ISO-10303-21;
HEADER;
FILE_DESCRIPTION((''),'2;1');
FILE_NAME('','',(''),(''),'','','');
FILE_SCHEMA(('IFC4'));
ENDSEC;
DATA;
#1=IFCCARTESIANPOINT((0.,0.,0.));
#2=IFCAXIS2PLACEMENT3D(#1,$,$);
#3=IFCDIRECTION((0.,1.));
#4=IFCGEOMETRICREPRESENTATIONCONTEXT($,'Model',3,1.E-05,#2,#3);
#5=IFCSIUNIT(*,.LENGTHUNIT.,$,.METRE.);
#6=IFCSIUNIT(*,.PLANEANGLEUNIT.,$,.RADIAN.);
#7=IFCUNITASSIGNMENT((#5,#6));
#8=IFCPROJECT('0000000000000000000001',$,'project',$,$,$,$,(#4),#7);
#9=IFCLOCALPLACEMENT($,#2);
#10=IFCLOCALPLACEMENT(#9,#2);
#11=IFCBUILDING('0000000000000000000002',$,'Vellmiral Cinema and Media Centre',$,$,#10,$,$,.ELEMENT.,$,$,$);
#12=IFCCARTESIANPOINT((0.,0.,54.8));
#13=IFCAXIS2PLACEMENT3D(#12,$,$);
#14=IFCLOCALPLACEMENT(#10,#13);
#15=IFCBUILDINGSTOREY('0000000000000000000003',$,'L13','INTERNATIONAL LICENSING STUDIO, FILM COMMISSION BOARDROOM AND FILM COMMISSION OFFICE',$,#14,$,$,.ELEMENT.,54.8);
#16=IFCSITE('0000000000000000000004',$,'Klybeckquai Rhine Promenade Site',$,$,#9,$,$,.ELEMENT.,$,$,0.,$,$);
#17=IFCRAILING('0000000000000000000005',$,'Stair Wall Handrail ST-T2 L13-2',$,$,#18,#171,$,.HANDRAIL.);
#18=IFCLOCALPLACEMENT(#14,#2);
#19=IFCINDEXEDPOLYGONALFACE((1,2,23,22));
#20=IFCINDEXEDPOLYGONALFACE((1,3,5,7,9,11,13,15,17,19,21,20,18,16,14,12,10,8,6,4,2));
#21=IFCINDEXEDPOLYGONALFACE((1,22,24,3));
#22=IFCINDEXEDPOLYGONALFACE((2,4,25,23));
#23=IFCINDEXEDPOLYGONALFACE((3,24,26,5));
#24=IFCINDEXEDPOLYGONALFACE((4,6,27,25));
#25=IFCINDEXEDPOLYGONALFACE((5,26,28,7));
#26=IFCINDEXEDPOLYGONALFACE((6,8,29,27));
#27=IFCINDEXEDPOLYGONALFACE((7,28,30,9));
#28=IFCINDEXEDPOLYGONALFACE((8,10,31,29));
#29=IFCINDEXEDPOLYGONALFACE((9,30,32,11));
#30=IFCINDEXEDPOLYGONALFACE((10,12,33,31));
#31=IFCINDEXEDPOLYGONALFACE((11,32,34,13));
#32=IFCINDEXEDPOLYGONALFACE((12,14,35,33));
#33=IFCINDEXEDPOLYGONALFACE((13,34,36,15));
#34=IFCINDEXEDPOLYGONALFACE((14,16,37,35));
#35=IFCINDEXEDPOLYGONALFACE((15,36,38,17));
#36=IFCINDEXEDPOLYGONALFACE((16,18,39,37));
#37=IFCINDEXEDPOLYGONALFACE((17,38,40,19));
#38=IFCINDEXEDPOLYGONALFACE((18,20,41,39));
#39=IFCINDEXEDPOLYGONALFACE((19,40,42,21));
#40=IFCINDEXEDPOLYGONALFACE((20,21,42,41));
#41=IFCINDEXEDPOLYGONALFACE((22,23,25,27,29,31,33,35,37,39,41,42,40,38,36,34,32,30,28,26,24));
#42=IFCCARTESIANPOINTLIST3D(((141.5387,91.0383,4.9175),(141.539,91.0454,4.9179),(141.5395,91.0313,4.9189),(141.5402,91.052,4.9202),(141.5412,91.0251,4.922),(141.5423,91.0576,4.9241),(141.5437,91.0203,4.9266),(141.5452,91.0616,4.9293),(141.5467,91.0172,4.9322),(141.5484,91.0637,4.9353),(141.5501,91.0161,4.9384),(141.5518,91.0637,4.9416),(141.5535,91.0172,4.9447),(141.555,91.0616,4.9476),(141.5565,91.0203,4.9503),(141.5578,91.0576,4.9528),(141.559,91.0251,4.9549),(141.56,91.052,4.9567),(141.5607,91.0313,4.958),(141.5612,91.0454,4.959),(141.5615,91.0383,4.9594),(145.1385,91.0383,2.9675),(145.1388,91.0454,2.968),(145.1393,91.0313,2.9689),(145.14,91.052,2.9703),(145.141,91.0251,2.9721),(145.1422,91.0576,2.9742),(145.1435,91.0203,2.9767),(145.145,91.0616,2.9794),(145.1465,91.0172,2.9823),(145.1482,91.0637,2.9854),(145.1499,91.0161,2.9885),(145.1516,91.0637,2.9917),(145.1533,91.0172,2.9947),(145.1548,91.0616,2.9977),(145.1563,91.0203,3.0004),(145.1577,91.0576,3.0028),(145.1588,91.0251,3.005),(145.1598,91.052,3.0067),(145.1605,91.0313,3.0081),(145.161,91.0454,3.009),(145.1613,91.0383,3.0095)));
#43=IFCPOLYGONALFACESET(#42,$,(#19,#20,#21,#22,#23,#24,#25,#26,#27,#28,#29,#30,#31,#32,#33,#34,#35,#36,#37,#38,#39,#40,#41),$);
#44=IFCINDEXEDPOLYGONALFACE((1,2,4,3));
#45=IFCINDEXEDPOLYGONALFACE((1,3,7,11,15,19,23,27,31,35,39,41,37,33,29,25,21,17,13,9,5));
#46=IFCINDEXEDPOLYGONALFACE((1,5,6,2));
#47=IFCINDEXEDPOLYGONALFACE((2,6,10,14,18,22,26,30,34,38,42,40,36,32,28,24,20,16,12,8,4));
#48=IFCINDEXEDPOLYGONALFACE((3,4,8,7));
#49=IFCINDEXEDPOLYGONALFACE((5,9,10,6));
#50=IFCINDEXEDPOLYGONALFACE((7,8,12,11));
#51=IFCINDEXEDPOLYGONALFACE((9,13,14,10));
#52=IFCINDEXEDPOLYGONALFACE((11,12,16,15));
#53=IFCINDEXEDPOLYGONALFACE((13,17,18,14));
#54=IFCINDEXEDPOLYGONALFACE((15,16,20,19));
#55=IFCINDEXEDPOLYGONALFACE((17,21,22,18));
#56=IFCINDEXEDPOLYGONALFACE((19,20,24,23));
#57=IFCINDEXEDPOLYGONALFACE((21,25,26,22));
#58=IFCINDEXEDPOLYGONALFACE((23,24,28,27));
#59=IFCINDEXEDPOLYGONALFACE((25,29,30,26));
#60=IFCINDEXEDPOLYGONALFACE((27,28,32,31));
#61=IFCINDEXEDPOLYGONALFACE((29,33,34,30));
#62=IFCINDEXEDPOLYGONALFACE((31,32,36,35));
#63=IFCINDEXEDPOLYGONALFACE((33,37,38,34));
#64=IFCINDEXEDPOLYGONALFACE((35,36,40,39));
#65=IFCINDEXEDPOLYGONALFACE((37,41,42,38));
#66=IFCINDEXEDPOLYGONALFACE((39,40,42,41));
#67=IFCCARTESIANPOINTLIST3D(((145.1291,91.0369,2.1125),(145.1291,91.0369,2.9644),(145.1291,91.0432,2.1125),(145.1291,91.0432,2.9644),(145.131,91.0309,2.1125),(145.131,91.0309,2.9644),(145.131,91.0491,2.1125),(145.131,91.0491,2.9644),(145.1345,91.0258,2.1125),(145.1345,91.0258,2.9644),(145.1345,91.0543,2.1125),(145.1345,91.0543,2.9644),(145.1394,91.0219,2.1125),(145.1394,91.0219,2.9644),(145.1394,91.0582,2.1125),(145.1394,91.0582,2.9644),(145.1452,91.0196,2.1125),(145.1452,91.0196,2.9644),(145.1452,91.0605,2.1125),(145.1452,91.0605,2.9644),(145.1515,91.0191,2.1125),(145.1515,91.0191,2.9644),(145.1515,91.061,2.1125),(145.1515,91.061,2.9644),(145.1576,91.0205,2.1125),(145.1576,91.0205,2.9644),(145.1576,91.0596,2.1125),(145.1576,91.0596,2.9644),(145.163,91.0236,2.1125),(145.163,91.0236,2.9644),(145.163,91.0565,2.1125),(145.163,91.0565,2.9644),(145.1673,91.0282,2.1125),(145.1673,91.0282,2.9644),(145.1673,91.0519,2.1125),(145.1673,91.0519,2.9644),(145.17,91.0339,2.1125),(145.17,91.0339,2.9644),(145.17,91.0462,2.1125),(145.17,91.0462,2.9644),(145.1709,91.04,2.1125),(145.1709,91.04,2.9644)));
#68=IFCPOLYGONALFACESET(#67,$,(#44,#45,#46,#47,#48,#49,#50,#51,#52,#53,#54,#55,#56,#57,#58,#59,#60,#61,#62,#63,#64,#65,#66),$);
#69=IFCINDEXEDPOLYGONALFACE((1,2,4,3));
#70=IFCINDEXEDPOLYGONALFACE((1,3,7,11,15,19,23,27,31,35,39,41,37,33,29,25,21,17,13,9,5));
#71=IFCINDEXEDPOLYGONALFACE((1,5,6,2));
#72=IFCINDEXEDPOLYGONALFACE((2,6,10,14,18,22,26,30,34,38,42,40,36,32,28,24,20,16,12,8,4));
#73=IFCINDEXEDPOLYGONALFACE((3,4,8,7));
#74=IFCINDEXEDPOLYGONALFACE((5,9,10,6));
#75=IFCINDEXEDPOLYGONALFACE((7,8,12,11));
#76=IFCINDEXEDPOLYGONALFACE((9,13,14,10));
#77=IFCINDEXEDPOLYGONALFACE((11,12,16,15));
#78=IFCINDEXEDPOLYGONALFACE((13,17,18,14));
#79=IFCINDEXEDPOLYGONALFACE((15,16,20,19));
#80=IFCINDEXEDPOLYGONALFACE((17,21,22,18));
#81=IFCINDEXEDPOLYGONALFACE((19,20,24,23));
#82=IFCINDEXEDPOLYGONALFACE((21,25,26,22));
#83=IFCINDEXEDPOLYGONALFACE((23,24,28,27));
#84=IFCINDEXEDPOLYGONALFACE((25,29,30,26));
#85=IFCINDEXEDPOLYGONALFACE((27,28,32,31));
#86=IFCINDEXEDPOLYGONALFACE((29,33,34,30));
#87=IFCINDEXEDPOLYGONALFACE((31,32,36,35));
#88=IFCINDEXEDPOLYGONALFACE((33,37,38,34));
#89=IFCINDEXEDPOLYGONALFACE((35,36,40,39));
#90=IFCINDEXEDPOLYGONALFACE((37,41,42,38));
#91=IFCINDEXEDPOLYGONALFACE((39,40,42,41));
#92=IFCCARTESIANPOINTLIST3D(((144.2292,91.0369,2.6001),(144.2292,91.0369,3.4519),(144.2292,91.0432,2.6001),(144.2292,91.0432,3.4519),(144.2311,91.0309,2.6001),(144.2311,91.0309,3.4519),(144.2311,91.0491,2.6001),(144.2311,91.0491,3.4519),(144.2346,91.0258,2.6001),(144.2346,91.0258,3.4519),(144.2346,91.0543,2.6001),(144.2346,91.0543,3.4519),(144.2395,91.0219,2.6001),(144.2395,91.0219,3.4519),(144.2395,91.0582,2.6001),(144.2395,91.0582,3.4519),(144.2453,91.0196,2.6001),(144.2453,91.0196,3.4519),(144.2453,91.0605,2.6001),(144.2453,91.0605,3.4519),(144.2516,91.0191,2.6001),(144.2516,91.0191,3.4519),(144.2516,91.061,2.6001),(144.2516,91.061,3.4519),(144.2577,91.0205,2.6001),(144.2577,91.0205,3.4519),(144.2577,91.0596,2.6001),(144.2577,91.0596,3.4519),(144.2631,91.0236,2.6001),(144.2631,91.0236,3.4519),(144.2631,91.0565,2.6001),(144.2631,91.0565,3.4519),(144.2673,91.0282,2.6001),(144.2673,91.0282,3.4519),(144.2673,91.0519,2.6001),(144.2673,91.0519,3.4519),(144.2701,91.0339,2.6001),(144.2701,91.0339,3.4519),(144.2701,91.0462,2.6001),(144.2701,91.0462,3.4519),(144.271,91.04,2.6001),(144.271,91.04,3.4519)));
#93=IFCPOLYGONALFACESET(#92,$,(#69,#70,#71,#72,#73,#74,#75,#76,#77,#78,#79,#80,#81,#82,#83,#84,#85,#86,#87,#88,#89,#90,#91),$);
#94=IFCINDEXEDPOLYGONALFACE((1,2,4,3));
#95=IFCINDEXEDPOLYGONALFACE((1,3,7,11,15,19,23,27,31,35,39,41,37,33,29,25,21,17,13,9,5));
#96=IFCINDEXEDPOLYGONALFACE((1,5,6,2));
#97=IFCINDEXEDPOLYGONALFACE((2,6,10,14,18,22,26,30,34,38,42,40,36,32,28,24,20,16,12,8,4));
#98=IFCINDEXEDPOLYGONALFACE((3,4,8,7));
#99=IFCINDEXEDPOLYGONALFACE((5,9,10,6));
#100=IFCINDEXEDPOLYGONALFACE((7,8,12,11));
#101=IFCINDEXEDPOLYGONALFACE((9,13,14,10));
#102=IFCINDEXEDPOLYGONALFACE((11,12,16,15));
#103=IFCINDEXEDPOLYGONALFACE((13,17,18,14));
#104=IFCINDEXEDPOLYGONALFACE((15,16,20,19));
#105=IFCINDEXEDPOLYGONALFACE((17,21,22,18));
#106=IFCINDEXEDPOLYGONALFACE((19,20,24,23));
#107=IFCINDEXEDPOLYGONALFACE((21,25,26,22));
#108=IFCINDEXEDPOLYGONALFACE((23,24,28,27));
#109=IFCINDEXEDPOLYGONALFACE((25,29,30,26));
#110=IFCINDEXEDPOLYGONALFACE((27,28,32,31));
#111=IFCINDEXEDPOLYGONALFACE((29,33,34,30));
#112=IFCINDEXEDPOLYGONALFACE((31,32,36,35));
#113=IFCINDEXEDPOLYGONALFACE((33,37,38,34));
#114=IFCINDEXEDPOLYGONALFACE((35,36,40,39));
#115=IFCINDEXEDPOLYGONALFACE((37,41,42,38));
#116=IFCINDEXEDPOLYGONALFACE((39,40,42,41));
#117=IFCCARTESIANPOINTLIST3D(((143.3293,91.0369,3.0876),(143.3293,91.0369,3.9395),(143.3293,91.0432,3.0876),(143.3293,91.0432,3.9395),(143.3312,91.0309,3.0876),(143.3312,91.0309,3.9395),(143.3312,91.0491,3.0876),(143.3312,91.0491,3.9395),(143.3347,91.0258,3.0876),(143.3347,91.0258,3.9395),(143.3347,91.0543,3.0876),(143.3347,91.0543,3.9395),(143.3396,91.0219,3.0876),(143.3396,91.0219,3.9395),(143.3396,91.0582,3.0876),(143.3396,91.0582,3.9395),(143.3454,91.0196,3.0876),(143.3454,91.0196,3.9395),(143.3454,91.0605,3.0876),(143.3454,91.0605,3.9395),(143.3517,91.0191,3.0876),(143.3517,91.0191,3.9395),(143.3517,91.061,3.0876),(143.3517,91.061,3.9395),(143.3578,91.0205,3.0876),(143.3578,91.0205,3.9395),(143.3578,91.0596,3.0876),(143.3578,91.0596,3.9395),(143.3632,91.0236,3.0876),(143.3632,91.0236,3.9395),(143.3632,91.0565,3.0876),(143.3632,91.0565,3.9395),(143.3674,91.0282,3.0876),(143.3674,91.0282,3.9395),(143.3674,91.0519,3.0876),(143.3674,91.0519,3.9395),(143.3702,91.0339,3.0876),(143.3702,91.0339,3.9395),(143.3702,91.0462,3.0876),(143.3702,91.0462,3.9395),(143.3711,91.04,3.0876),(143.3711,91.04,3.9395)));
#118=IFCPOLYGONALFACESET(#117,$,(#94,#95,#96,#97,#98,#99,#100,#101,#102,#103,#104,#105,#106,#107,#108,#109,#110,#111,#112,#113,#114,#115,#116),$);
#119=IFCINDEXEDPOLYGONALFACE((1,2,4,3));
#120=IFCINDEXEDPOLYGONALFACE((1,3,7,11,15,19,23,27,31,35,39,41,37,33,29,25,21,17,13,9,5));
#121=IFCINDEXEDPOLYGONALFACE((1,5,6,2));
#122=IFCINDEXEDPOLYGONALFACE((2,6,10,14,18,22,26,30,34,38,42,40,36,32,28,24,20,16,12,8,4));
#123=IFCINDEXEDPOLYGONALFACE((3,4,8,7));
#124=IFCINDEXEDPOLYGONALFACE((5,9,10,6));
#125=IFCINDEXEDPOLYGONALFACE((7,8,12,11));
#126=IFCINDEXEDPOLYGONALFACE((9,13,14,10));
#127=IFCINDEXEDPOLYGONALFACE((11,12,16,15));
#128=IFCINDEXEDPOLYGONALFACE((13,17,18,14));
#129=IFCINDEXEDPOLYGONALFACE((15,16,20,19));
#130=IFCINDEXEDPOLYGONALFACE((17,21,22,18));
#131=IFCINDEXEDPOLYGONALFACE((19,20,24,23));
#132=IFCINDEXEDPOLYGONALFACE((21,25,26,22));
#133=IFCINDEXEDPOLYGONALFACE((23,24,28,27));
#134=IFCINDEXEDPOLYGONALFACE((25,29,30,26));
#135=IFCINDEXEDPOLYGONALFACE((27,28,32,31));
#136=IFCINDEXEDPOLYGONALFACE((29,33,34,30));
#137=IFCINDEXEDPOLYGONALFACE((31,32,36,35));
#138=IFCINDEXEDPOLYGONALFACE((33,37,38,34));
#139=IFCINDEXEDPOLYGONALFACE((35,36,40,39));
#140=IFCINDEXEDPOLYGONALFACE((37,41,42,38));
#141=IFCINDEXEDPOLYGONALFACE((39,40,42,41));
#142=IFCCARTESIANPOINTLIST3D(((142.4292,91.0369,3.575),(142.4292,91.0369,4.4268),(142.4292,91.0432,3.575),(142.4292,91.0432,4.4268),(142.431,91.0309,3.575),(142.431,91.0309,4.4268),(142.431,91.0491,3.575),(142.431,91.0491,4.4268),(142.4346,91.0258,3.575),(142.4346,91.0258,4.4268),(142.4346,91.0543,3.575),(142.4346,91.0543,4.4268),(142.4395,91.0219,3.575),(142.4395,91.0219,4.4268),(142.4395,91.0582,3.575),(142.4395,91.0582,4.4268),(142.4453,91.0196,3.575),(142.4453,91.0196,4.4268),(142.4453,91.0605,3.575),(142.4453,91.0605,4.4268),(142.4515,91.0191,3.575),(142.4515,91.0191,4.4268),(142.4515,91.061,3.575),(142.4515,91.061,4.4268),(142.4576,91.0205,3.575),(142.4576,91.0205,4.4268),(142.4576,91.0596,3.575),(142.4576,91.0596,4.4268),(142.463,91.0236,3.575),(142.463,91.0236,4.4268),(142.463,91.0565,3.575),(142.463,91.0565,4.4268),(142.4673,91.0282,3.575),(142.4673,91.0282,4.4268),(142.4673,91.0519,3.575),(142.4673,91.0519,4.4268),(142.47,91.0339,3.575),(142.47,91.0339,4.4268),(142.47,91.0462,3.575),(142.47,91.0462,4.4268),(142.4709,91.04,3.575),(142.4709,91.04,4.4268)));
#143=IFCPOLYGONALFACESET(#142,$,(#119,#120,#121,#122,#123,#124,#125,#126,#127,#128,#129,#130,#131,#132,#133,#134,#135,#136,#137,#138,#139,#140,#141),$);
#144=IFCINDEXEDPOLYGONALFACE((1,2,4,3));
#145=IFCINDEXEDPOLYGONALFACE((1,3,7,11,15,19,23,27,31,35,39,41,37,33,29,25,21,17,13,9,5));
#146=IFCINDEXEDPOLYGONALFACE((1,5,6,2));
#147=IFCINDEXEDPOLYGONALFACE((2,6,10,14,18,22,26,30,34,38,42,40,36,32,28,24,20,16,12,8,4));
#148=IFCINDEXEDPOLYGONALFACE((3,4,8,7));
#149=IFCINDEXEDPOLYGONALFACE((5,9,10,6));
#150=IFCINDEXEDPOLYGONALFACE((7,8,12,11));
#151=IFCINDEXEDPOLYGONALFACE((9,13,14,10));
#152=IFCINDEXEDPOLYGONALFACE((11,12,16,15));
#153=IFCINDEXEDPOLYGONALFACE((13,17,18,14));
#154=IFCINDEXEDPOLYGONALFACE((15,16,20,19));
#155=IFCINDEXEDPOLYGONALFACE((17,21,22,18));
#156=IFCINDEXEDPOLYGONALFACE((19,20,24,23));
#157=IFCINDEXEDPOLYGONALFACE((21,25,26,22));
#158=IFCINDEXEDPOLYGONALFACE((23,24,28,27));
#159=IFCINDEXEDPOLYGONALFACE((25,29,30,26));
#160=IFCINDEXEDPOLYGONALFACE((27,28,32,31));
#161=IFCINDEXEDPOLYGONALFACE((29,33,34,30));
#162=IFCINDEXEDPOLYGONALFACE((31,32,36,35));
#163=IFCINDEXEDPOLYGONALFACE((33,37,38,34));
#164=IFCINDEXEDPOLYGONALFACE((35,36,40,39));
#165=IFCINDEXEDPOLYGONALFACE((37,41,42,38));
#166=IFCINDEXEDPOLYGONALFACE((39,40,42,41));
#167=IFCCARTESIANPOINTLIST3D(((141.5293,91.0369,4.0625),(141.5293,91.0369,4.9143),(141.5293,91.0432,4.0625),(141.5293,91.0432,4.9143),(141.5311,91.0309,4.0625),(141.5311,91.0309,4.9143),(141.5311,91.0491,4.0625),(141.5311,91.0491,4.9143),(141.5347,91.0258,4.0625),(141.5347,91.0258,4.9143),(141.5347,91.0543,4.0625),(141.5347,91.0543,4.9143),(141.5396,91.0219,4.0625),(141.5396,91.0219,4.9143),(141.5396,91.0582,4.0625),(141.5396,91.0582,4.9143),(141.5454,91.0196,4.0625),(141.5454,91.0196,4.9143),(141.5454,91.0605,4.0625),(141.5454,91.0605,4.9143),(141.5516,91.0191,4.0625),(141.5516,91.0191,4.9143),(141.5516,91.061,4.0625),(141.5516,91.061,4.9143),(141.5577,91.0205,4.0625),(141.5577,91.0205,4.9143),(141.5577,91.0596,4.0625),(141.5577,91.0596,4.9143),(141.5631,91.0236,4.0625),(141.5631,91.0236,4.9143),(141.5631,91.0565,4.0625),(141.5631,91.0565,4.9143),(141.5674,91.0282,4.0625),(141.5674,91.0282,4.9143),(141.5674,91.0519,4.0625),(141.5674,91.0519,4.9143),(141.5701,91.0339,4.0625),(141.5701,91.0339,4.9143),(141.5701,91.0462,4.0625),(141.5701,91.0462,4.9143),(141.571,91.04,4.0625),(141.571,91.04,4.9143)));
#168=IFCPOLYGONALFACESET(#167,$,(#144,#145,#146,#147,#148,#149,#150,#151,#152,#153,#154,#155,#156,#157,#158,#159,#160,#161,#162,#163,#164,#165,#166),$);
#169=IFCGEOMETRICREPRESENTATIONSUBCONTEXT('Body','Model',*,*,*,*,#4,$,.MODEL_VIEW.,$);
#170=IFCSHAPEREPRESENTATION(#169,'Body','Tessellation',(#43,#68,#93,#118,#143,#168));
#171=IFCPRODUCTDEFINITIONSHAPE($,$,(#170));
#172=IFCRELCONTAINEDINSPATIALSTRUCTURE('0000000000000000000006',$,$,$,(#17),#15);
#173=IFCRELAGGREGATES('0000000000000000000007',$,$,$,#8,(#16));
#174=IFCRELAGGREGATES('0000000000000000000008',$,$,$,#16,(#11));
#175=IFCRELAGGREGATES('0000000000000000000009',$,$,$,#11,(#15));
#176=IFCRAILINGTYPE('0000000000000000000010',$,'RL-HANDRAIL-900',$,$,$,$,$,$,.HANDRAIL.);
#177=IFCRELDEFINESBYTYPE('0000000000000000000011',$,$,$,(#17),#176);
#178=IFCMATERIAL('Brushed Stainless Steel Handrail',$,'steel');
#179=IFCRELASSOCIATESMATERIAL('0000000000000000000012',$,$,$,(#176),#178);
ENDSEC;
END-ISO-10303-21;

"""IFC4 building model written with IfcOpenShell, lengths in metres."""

from ifc_helpers import new_model, si_unit, direction, frame, origin, origin_2d, place, context, subcontext, project, spatial, circle, extrude, material, type_object, element, save


model = new_model("IFC4")

# Units and contexts
model_context = context("Model", 3, precision=1e-05, world=origin(), true_north=direction((0.0, 1.0)))
body_context = subcontext(model_context, "Body", "Model", "MODEL_VIEW")
ifc_project = project(units=[si_unit("LENGTHUNIT", "METRE"), si_unit("PLANEANGLEUNIT", "RADIAN")], contexts=[model_context])

# Site, building, storey
site_placement = place(None, origin())
site = spatial("IfcSite", under=ifc_project, at=site_placement, Name="Klybeckquai Rhine Promenade Site", CompositionType="ELEMENT", RefElevation=0.0)
building_placement = place(site_placement, origin())
building = spatial("IfcBuilding", under=site, at=building_placement, Name="Vellmiral Cinema and Media Centre", CompositionType="ELEMENT")
storey_placement = place(building_placement, frame((0.0, 0.0, 54.8)))
storey = spatial("IfcBuildingStorey", under=building, at=storey_placement, Name="L13", Description="INTERNATIONAL LICENSING STUDIO, FILM COMMISSION BOARDROOM AND FILM COMMISSION OFFICE", CompositionType="ELEMENT", Elevation=54.8)

# Railing
ifc_material_1 = material(Name="Brushed Stainless Steel Handrail", Category="steel")
railing_type_1 = type_object("IfcRailingType", Name="RL-HANDRAIL-900", PredefinedType="HANDRAIL", material=ifc_material_1)
railing_1_placement = place(storey_placement, frame((145.1499, 91.04, 2.1125)))
element("IfcRailing", 1, at=railing_1_placement, inside=storey, type_object=railing_type_1, Name="Stair Wall Handrail ST-T2 L13-2", PredefinedType="HANDRAIL", context=body_context, shape_type="SweptSolid", body=[
    extrude(circle(Radius=0.0239, at=origin_2d()), frame((0.0, 0.0, 0.876), z_axis=(-0.879289, 0.0, 0.476289), x_axis=(0.0, -1.0, 0.0)), (0.0, 0.0, 1.0), 4.094),
    extrude(circle(Radius=0.021, at=origin_2d()), origin(), (0.0, 0.0, 1.0), 0.8518),
    extrude(circle(Radius=0.021, at=origin_2d()), frame((-0.8999, 0.0, 0.4875)), (0.0, 0.0, 1.0), 0.8518),
    extrude(circle(Radius=0.021, at=origin_2d()), frame((-1.7998, 0.0, 0.9751)), (0.0, 0.0, 1.0), 0.8518),
    extrude(circle(Radius=0.021, at=origin_2d()), frame((-2.7, 0.0, 1.4624)), (0.0, 0.0, 1.0), 0.8518),
    extrude(circle(Radius=0.021, at=origin_2d()), frame((-3.5999, 0.0, 1.95)), (0.0, 0.0, 1.0), 0.8518),
])

save(model, "model.ifc")
